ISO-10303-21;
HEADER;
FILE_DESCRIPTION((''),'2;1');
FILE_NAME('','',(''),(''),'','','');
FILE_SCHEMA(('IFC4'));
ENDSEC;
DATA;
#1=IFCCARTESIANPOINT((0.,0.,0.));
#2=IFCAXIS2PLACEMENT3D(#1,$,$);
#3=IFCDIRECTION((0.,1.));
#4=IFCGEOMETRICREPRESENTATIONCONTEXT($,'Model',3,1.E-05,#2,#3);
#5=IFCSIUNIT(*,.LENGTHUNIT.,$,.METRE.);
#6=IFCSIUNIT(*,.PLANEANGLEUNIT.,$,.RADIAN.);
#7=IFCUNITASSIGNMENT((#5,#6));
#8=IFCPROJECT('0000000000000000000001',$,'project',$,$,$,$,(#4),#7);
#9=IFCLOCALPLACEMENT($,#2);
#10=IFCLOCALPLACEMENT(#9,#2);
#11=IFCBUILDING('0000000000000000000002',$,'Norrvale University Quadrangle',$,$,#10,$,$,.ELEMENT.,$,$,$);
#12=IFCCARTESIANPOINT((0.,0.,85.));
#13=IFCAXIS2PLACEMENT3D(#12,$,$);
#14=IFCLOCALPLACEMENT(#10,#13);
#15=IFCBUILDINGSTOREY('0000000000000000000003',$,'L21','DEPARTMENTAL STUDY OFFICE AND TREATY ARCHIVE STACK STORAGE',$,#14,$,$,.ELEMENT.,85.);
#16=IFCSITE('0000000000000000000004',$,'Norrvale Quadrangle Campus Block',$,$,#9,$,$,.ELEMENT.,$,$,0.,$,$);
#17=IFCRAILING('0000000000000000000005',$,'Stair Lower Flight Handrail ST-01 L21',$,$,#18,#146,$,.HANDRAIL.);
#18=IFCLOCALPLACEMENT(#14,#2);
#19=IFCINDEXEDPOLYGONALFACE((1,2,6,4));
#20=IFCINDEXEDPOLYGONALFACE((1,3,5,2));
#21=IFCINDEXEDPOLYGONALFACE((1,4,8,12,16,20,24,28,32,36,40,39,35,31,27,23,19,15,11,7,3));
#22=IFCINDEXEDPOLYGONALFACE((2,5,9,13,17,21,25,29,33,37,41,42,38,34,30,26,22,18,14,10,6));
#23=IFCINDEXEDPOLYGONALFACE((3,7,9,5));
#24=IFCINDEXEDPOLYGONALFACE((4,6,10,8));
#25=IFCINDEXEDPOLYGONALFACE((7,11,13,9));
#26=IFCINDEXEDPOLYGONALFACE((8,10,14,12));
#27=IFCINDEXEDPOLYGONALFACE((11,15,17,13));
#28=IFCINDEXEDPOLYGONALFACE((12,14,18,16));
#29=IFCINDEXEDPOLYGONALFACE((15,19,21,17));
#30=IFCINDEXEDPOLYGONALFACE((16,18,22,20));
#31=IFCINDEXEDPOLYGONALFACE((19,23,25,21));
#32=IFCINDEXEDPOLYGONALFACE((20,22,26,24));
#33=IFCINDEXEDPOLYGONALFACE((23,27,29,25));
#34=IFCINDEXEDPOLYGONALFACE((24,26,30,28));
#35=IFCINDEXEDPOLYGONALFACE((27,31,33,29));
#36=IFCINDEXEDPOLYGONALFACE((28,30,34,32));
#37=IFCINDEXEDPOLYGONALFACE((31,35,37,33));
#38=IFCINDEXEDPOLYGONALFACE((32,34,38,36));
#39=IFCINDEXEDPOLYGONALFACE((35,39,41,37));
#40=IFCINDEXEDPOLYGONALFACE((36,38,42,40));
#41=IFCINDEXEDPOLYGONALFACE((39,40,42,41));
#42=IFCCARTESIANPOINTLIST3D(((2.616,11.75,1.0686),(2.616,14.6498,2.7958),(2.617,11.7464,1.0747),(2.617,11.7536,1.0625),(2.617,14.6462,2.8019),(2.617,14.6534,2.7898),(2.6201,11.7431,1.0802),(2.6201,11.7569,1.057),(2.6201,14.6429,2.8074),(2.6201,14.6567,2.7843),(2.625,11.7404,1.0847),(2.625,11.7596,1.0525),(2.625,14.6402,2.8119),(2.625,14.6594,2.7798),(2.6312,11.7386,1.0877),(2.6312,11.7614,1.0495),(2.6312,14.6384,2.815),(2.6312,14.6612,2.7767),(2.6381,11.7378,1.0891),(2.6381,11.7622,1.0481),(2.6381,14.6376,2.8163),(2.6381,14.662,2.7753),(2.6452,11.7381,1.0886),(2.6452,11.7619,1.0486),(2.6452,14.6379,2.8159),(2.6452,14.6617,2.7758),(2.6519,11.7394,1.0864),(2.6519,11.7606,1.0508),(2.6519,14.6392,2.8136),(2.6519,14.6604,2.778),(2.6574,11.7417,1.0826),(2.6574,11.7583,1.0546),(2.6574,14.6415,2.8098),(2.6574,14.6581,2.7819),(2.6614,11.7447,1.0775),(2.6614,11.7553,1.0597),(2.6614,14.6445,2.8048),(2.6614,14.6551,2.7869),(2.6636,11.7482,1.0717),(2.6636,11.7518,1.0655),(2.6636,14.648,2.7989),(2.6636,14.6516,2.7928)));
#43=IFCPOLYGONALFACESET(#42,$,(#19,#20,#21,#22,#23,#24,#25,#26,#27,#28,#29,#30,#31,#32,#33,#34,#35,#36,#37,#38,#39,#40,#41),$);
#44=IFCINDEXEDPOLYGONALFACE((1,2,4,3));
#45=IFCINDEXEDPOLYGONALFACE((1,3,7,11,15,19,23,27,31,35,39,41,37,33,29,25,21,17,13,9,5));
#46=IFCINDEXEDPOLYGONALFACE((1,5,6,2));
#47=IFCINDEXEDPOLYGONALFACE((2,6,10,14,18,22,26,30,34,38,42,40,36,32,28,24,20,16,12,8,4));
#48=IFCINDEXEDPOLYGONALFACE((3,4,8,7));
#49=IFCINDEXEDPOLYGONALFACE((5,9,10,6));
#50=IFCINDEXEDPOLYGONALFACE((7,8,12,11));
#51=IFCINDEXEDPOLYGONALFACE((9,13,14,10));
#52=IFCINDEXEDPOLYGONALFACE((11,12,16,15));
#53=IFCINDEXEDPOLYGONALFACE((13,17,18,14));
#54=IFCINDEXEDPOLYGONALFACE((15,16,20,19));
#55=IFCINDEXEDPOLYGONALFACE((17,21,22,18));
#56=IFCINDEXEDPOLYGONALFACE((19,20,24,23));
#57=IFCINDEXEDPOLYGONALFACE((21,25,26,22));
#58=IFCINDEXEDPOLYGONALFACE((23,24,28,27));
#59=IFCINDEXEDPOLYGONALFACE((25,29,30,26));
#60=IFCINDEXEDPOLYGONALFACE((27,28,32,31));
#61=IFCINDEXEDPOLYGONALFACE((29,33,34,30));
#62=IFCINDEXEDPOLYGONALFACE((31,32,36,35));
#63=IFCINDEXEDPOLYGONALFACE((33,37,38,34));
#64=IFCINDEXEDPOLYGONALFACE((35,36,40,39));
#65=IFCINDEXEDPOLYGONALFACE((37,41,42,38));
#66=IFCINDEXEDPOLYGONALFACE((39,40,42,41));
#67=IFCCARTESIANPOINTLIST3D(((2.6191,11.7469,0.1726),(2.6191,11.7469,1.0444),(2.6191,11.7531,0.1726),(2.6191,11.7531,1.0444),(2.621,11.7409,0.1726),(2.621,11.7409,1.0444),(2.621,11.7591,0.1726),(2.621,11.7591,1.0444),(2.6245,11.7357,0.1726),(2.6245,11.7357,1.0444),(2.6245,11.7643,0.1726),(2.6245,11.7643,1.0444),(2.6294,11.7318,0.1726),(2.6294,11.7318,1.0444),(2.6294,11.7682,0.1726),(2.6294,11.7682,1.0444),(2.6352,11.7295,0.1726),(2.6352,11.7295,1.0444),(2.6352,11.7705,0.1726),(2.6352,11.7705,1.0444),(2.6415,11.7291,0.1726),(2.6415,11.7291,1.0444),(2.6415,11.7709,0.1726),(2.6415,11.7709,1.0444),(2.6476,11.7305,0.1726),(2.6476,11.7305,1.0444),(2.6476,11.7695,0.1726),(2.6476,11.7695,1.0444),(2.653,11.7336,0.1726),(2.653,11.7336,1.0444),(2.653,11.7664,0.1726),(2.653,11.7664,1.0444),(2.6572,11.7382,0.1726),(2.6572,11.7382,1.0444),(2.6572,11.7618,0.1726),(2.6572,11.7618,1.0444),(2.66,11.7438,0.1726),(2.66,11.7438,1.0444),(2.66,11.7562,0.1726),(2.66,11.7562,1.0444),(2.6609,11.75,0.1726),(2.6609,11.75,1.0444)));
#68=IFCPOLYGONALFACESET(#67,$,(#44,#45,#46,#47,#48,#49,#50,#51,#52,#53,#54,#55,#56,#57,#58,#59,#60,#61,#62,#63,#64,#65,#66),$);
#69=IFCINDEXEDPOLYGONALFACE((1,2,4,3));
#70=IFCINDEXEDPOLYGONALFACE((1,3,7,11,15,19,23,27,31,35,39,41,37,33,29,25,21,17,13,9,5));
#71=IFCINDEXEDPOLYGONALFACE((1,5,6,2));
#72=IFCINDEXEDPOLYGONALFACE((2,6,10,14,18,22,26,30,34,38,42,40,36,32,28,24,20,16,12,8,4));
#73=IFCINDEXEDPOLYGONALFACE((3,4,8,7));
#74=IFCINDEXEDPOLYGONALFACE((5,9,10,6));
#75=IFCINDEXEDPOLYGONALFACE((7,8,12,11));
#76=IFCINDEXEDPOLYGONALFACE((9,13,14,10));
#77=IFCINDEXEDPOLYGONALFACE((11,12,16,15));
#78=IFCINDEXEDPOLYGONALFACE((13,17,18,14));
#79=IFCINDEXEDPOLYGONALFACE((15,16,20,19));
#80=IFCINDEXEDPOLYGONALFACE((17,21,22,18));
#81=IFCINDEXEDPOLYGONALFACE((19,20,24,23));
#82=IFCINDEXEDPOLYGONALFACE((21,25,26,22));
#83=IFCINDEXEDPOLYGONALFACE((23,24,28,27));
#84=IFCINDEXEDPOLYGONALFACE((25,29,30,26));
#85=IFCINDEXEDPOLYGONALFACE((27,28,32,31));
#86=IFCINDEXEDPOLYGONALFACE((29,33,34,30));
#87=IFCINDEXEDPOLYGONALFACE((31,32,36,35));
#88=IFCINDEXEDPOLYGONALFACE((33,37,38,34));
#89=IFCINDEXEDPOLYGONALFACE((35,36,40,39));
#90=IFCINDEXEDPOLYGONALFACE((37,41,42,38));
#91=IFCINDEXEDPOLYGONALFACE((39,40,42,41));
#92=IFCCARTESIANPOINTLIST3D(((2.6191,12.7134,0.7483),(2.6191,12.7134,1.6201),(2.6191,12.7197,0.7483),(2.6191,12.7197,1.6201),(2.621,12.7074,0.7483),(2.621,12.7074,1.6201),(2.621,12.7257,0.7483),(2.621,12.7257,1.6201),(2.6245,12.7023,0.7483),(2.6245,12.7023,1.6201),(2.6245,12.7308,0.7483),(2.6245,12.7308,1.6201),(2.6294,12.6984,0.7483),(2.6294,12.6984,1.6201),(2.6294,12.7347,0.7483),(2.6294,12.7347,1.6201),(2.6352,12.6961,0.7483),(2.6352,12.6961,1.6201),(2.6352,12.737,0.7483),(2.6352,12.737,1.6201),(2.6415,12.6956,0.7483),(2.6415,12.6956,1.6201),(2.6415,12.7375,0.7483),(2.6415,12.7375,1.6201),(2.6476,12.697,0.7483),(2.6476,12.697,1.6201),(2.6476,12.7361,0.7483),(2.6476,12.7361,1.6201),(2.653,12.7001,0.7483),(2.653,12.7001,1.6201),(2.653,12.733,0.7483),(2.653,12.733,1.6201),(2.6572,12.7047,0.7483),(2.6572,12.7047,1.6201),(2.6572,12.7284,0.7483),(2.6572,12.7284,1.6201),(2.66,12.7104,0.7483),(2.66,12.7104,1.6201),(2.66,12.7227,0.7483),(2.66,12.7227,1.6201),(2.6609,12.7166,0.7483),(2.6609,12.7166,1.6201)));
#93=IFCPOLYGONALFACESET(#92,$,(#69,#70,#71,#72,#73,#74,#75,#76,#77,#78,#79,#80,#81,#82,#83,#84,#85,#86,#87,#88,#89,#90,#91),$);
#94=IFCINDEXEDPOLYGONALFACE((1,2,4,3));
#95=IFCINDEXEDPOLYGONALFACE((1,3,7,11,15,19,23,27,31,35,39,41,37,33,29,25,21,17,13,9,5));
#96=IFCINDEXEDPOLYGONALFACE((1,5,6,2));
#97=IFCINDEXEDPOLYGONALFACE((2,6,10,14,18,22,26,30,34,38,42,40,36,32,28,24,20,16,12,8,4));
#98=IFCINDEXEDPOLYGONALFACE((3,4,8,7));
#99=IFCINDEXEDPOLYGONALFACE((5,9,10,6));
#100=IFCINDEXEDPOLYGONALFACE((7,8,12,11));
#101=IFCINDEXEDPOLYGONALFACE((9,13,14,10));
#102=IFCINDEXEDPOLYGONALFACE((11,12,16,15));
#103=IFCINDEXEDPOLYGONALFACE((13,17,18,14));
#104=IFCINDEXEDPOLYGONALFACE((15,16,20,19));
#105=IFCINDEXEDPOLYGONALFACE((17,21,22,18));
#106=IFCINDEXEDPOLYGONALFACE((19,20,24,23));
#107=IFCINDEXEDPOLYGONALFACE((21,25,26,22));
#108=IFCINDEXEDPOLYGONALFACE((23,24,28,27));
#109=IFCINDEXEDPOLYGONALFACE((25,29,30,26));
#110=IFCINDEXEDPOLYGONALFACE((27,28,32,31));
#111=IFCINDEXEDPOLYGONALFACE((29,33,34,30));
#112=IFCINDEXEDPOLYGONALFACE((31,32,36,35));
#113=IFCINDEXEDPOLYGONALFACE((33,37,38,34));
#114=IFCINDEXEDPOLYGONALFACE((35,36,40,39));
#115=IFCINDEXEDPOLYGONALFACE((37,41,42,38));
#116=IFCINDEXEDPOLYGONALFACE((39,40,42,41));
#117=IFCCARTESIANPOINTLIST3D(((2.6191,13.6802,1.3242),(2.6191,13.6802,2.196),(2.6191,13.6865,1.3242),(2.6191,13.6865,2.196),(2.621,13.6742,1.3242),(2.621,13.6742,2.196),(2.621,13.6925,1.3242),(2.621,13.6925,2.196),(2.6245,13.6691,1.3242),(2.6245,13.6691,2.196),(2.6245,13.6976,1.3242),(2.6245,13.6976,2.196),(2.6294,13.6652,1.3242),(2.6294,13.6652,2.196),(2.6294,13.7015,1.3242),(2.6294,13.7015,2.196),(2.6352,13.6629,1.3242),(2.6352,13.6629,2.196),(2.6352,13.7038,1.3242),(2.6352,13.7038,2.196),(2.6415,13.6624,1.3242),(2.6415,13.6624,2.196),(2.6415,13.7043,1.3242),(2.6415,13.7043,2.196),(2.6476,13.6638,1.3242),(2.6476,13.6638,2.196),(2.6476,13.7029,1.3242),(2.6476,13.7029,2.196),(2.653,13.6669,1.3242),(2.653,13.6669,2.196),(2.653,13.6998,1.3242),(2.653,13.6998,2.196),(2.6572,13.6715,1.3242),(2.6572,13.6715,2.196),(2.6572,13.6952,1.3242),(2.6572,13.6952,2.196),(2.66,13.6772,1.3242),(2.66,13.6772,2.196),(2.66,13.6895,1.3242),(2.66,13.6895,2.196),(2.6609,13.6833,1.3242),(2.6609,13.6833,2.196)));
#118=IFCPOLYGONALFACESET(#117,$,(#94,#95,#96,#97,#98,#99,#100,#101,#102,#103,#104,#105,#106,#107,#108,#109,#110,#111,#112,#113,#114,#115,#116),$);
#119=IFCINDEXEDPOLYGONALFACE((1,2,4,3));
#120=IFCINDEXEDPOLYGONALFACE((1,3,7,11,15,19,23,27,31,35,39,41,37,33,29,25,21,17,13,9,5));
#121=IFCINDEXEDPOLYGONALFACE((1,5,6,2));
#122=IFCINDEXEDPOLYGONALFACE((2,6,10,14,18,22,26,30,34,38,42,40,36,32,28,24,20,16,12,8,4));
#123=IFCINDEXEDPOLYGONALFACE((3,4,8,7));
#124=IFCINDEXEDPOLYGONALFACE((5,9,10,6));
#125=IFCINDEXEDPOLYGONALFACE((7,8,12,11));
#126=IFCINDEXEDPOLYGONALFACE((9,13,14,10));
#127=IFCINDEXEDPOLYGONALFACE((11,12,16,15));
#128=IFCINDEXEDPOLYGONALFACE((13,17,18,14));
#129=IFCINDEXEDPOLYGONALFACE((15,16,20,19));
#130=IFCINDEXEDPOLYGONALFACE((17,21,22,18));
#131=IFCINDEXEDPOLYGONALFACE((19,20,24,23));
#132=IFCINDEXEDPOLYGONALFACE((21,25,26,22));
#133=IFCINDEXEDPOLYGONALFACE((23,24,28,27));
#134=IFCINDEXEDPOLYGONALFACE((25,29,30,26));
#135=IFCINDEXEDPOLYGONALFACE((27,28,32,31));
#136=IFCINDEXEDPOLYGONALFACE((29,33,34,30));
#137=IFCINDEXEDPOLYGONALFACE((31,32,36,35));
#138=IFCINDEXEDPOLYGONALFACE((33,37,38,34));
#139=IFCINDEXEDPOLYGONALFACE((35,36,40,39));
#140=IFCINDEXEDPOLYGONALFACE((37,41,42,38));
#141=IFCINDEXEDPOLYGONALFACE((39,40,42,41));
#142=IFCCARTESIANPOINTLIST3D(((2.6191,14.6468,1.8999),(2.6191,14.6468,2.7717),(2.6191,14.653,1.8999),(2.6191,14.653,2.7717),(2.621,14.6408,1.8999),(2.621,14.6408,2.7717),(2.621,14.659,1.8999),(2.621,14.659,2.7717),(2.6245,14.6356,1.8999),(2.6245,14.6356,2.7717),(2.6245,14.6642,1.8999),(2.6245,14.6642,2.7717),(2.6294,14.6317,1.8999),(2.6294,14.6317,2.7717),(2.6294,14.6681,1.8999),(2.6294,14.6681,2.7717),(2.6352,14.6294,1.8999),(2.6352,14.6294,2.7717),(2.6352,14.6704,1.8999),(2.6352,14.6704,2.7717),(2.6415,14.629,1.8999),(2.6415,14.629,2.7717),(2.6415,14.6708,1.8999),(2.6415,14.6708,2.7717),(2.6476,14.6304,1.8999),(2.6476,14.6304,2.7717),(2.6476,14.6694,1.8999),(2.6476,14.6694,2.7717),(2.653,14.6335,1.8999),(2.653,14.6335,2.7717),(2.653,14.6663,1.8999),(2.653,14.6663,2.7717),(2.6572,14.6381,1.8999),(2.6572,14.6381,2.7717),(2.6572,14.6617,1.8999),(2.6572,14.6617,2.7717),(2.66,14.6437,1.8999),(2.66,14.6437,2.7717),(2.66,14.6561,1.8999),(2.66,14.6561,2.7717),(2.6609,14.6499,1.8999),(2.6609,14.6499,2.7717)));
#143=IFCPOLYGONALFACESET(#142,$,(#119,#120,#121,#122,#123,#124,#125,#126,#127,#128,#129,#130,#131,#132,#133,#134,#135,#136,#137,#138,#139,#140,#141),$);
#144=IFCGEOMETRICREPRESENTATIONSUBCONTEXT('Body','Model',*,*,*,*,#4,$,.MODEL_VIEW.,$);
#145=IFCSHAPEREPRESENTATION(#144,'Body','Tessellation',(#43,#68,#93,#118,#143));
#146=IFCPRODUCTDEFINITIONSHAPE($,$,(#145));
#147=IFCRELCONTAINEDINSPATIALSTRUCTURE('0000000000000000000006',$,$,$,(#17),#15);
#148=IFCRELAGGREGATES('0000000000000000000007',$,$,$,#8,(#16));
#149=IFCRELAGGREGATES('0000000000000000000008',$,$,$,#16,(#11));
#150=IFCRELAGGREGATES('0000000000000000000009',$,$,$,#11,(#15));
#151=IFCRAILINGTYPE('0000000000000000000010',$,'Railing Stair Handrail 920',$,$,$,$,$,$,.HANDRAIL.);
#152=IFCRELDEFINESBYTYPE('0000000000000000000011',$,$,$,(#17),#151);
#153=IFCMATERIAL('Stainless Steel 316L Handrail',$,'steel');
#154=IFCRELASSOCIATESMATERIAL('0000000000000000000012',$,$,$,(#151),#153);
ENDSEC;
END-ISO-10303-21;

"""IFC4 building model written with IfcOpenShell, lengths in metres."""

from ifc_helpers import new_model, si_unit, direction, frame, origin, origin_2d, place, context, subcontext, project, spatial, circle, extrude, material, type_object, element, save


model = new_model("IFC4")

# Units and contexts
model_context = context("Model", 3, precision=1e-05, world=origin(), true_north=direction((0.0, 1.0)))
body_context = subcontext(model_context, "Body", "Model", "MODEL_VIEW")
ifc_project = project(units=[si_unit("LENGTHUNIT", "METRE"), si_unit("PLANEANGLEUNIT", "RADIAN")], contexts=[model_context])

# Site, building, storey
site_placement = place(None, origin())
site = spatial("IfcSite", under=ifc_project, at=site_placement, Name="Norrvale Quadrangle Campus Block", CompositionType="ELEMENT", RefElevation=0.0)
building_placement = place(site_placement, origin())
building = spatial("IfcBuilding", under=site, at=building_placement, Name="Norrvale University Quadrangle", CompositionType="ELEMENT")
storey_placement = place(building_placement, frame((0.0, 0.0, 85.0)))
storey = spatial("IfcBuildingStorey", under=building, at=storey_placement, Name="L21", Description="DEPARTMENTAL STUDY OFFICE AND TREATY ARCHIVE STACK STORAGE", CompositionType="ELEMENT", Elevation=85.0)

# Railing
ifc_material_1 = material(Name="Stainless Steel 316L Handrail", Category="steel")
railing_type_1 = type_object("IfcRailingType", Name="Railing Stair Handrail 920", PredefinedType="HANDRAIL", material=ifc_material_1)
railing_placement = place(storey_placement, frame((2.6399, 11.75, 0.1726)))
element("IfcRailing", 1, at=railing_placement, inside=storey, type_object=railing_type_1, Name="Stair Lower Flight Handrail ST-01 L21", PredefinedType="HANDRAIL", context=body_context, shape_type="SweptSolid", body=[
    extrude(circle(Radius=0.0239, at=origin_2d()), frame((0.0, 0.0, 0.896), z_axis=(0.0, 0.859141, 0.511738), x_axis=(-1.0, 0.0, 0.0)), (0.0, 0.0, 1.0), 3.3752),
    extrude(circle(Radius=0.021, at=origin_2d()), origin(), (0.0, 0.0, 1.0), 0.8718),
    extrude(circle(Radius=0.021, at=origin_2d()), frame((0.0, 0.9666, 0.5757)), (0.0, 0.0, 1.0), 0.8718),
    extrude(circle(Radius=0.021, at=origin_2d()), frame((0.0, 1.9333, 1.1516)), (0.0, 0.0, 1.0), 0.8718),
    extrude(circle(Radius=0.021, at=origin_2d()), frame((0.0, 2.8999, 1.7273)), (0.0, 0.0, 1.0), 0.8718),
])

save(model, "model.ifc")
